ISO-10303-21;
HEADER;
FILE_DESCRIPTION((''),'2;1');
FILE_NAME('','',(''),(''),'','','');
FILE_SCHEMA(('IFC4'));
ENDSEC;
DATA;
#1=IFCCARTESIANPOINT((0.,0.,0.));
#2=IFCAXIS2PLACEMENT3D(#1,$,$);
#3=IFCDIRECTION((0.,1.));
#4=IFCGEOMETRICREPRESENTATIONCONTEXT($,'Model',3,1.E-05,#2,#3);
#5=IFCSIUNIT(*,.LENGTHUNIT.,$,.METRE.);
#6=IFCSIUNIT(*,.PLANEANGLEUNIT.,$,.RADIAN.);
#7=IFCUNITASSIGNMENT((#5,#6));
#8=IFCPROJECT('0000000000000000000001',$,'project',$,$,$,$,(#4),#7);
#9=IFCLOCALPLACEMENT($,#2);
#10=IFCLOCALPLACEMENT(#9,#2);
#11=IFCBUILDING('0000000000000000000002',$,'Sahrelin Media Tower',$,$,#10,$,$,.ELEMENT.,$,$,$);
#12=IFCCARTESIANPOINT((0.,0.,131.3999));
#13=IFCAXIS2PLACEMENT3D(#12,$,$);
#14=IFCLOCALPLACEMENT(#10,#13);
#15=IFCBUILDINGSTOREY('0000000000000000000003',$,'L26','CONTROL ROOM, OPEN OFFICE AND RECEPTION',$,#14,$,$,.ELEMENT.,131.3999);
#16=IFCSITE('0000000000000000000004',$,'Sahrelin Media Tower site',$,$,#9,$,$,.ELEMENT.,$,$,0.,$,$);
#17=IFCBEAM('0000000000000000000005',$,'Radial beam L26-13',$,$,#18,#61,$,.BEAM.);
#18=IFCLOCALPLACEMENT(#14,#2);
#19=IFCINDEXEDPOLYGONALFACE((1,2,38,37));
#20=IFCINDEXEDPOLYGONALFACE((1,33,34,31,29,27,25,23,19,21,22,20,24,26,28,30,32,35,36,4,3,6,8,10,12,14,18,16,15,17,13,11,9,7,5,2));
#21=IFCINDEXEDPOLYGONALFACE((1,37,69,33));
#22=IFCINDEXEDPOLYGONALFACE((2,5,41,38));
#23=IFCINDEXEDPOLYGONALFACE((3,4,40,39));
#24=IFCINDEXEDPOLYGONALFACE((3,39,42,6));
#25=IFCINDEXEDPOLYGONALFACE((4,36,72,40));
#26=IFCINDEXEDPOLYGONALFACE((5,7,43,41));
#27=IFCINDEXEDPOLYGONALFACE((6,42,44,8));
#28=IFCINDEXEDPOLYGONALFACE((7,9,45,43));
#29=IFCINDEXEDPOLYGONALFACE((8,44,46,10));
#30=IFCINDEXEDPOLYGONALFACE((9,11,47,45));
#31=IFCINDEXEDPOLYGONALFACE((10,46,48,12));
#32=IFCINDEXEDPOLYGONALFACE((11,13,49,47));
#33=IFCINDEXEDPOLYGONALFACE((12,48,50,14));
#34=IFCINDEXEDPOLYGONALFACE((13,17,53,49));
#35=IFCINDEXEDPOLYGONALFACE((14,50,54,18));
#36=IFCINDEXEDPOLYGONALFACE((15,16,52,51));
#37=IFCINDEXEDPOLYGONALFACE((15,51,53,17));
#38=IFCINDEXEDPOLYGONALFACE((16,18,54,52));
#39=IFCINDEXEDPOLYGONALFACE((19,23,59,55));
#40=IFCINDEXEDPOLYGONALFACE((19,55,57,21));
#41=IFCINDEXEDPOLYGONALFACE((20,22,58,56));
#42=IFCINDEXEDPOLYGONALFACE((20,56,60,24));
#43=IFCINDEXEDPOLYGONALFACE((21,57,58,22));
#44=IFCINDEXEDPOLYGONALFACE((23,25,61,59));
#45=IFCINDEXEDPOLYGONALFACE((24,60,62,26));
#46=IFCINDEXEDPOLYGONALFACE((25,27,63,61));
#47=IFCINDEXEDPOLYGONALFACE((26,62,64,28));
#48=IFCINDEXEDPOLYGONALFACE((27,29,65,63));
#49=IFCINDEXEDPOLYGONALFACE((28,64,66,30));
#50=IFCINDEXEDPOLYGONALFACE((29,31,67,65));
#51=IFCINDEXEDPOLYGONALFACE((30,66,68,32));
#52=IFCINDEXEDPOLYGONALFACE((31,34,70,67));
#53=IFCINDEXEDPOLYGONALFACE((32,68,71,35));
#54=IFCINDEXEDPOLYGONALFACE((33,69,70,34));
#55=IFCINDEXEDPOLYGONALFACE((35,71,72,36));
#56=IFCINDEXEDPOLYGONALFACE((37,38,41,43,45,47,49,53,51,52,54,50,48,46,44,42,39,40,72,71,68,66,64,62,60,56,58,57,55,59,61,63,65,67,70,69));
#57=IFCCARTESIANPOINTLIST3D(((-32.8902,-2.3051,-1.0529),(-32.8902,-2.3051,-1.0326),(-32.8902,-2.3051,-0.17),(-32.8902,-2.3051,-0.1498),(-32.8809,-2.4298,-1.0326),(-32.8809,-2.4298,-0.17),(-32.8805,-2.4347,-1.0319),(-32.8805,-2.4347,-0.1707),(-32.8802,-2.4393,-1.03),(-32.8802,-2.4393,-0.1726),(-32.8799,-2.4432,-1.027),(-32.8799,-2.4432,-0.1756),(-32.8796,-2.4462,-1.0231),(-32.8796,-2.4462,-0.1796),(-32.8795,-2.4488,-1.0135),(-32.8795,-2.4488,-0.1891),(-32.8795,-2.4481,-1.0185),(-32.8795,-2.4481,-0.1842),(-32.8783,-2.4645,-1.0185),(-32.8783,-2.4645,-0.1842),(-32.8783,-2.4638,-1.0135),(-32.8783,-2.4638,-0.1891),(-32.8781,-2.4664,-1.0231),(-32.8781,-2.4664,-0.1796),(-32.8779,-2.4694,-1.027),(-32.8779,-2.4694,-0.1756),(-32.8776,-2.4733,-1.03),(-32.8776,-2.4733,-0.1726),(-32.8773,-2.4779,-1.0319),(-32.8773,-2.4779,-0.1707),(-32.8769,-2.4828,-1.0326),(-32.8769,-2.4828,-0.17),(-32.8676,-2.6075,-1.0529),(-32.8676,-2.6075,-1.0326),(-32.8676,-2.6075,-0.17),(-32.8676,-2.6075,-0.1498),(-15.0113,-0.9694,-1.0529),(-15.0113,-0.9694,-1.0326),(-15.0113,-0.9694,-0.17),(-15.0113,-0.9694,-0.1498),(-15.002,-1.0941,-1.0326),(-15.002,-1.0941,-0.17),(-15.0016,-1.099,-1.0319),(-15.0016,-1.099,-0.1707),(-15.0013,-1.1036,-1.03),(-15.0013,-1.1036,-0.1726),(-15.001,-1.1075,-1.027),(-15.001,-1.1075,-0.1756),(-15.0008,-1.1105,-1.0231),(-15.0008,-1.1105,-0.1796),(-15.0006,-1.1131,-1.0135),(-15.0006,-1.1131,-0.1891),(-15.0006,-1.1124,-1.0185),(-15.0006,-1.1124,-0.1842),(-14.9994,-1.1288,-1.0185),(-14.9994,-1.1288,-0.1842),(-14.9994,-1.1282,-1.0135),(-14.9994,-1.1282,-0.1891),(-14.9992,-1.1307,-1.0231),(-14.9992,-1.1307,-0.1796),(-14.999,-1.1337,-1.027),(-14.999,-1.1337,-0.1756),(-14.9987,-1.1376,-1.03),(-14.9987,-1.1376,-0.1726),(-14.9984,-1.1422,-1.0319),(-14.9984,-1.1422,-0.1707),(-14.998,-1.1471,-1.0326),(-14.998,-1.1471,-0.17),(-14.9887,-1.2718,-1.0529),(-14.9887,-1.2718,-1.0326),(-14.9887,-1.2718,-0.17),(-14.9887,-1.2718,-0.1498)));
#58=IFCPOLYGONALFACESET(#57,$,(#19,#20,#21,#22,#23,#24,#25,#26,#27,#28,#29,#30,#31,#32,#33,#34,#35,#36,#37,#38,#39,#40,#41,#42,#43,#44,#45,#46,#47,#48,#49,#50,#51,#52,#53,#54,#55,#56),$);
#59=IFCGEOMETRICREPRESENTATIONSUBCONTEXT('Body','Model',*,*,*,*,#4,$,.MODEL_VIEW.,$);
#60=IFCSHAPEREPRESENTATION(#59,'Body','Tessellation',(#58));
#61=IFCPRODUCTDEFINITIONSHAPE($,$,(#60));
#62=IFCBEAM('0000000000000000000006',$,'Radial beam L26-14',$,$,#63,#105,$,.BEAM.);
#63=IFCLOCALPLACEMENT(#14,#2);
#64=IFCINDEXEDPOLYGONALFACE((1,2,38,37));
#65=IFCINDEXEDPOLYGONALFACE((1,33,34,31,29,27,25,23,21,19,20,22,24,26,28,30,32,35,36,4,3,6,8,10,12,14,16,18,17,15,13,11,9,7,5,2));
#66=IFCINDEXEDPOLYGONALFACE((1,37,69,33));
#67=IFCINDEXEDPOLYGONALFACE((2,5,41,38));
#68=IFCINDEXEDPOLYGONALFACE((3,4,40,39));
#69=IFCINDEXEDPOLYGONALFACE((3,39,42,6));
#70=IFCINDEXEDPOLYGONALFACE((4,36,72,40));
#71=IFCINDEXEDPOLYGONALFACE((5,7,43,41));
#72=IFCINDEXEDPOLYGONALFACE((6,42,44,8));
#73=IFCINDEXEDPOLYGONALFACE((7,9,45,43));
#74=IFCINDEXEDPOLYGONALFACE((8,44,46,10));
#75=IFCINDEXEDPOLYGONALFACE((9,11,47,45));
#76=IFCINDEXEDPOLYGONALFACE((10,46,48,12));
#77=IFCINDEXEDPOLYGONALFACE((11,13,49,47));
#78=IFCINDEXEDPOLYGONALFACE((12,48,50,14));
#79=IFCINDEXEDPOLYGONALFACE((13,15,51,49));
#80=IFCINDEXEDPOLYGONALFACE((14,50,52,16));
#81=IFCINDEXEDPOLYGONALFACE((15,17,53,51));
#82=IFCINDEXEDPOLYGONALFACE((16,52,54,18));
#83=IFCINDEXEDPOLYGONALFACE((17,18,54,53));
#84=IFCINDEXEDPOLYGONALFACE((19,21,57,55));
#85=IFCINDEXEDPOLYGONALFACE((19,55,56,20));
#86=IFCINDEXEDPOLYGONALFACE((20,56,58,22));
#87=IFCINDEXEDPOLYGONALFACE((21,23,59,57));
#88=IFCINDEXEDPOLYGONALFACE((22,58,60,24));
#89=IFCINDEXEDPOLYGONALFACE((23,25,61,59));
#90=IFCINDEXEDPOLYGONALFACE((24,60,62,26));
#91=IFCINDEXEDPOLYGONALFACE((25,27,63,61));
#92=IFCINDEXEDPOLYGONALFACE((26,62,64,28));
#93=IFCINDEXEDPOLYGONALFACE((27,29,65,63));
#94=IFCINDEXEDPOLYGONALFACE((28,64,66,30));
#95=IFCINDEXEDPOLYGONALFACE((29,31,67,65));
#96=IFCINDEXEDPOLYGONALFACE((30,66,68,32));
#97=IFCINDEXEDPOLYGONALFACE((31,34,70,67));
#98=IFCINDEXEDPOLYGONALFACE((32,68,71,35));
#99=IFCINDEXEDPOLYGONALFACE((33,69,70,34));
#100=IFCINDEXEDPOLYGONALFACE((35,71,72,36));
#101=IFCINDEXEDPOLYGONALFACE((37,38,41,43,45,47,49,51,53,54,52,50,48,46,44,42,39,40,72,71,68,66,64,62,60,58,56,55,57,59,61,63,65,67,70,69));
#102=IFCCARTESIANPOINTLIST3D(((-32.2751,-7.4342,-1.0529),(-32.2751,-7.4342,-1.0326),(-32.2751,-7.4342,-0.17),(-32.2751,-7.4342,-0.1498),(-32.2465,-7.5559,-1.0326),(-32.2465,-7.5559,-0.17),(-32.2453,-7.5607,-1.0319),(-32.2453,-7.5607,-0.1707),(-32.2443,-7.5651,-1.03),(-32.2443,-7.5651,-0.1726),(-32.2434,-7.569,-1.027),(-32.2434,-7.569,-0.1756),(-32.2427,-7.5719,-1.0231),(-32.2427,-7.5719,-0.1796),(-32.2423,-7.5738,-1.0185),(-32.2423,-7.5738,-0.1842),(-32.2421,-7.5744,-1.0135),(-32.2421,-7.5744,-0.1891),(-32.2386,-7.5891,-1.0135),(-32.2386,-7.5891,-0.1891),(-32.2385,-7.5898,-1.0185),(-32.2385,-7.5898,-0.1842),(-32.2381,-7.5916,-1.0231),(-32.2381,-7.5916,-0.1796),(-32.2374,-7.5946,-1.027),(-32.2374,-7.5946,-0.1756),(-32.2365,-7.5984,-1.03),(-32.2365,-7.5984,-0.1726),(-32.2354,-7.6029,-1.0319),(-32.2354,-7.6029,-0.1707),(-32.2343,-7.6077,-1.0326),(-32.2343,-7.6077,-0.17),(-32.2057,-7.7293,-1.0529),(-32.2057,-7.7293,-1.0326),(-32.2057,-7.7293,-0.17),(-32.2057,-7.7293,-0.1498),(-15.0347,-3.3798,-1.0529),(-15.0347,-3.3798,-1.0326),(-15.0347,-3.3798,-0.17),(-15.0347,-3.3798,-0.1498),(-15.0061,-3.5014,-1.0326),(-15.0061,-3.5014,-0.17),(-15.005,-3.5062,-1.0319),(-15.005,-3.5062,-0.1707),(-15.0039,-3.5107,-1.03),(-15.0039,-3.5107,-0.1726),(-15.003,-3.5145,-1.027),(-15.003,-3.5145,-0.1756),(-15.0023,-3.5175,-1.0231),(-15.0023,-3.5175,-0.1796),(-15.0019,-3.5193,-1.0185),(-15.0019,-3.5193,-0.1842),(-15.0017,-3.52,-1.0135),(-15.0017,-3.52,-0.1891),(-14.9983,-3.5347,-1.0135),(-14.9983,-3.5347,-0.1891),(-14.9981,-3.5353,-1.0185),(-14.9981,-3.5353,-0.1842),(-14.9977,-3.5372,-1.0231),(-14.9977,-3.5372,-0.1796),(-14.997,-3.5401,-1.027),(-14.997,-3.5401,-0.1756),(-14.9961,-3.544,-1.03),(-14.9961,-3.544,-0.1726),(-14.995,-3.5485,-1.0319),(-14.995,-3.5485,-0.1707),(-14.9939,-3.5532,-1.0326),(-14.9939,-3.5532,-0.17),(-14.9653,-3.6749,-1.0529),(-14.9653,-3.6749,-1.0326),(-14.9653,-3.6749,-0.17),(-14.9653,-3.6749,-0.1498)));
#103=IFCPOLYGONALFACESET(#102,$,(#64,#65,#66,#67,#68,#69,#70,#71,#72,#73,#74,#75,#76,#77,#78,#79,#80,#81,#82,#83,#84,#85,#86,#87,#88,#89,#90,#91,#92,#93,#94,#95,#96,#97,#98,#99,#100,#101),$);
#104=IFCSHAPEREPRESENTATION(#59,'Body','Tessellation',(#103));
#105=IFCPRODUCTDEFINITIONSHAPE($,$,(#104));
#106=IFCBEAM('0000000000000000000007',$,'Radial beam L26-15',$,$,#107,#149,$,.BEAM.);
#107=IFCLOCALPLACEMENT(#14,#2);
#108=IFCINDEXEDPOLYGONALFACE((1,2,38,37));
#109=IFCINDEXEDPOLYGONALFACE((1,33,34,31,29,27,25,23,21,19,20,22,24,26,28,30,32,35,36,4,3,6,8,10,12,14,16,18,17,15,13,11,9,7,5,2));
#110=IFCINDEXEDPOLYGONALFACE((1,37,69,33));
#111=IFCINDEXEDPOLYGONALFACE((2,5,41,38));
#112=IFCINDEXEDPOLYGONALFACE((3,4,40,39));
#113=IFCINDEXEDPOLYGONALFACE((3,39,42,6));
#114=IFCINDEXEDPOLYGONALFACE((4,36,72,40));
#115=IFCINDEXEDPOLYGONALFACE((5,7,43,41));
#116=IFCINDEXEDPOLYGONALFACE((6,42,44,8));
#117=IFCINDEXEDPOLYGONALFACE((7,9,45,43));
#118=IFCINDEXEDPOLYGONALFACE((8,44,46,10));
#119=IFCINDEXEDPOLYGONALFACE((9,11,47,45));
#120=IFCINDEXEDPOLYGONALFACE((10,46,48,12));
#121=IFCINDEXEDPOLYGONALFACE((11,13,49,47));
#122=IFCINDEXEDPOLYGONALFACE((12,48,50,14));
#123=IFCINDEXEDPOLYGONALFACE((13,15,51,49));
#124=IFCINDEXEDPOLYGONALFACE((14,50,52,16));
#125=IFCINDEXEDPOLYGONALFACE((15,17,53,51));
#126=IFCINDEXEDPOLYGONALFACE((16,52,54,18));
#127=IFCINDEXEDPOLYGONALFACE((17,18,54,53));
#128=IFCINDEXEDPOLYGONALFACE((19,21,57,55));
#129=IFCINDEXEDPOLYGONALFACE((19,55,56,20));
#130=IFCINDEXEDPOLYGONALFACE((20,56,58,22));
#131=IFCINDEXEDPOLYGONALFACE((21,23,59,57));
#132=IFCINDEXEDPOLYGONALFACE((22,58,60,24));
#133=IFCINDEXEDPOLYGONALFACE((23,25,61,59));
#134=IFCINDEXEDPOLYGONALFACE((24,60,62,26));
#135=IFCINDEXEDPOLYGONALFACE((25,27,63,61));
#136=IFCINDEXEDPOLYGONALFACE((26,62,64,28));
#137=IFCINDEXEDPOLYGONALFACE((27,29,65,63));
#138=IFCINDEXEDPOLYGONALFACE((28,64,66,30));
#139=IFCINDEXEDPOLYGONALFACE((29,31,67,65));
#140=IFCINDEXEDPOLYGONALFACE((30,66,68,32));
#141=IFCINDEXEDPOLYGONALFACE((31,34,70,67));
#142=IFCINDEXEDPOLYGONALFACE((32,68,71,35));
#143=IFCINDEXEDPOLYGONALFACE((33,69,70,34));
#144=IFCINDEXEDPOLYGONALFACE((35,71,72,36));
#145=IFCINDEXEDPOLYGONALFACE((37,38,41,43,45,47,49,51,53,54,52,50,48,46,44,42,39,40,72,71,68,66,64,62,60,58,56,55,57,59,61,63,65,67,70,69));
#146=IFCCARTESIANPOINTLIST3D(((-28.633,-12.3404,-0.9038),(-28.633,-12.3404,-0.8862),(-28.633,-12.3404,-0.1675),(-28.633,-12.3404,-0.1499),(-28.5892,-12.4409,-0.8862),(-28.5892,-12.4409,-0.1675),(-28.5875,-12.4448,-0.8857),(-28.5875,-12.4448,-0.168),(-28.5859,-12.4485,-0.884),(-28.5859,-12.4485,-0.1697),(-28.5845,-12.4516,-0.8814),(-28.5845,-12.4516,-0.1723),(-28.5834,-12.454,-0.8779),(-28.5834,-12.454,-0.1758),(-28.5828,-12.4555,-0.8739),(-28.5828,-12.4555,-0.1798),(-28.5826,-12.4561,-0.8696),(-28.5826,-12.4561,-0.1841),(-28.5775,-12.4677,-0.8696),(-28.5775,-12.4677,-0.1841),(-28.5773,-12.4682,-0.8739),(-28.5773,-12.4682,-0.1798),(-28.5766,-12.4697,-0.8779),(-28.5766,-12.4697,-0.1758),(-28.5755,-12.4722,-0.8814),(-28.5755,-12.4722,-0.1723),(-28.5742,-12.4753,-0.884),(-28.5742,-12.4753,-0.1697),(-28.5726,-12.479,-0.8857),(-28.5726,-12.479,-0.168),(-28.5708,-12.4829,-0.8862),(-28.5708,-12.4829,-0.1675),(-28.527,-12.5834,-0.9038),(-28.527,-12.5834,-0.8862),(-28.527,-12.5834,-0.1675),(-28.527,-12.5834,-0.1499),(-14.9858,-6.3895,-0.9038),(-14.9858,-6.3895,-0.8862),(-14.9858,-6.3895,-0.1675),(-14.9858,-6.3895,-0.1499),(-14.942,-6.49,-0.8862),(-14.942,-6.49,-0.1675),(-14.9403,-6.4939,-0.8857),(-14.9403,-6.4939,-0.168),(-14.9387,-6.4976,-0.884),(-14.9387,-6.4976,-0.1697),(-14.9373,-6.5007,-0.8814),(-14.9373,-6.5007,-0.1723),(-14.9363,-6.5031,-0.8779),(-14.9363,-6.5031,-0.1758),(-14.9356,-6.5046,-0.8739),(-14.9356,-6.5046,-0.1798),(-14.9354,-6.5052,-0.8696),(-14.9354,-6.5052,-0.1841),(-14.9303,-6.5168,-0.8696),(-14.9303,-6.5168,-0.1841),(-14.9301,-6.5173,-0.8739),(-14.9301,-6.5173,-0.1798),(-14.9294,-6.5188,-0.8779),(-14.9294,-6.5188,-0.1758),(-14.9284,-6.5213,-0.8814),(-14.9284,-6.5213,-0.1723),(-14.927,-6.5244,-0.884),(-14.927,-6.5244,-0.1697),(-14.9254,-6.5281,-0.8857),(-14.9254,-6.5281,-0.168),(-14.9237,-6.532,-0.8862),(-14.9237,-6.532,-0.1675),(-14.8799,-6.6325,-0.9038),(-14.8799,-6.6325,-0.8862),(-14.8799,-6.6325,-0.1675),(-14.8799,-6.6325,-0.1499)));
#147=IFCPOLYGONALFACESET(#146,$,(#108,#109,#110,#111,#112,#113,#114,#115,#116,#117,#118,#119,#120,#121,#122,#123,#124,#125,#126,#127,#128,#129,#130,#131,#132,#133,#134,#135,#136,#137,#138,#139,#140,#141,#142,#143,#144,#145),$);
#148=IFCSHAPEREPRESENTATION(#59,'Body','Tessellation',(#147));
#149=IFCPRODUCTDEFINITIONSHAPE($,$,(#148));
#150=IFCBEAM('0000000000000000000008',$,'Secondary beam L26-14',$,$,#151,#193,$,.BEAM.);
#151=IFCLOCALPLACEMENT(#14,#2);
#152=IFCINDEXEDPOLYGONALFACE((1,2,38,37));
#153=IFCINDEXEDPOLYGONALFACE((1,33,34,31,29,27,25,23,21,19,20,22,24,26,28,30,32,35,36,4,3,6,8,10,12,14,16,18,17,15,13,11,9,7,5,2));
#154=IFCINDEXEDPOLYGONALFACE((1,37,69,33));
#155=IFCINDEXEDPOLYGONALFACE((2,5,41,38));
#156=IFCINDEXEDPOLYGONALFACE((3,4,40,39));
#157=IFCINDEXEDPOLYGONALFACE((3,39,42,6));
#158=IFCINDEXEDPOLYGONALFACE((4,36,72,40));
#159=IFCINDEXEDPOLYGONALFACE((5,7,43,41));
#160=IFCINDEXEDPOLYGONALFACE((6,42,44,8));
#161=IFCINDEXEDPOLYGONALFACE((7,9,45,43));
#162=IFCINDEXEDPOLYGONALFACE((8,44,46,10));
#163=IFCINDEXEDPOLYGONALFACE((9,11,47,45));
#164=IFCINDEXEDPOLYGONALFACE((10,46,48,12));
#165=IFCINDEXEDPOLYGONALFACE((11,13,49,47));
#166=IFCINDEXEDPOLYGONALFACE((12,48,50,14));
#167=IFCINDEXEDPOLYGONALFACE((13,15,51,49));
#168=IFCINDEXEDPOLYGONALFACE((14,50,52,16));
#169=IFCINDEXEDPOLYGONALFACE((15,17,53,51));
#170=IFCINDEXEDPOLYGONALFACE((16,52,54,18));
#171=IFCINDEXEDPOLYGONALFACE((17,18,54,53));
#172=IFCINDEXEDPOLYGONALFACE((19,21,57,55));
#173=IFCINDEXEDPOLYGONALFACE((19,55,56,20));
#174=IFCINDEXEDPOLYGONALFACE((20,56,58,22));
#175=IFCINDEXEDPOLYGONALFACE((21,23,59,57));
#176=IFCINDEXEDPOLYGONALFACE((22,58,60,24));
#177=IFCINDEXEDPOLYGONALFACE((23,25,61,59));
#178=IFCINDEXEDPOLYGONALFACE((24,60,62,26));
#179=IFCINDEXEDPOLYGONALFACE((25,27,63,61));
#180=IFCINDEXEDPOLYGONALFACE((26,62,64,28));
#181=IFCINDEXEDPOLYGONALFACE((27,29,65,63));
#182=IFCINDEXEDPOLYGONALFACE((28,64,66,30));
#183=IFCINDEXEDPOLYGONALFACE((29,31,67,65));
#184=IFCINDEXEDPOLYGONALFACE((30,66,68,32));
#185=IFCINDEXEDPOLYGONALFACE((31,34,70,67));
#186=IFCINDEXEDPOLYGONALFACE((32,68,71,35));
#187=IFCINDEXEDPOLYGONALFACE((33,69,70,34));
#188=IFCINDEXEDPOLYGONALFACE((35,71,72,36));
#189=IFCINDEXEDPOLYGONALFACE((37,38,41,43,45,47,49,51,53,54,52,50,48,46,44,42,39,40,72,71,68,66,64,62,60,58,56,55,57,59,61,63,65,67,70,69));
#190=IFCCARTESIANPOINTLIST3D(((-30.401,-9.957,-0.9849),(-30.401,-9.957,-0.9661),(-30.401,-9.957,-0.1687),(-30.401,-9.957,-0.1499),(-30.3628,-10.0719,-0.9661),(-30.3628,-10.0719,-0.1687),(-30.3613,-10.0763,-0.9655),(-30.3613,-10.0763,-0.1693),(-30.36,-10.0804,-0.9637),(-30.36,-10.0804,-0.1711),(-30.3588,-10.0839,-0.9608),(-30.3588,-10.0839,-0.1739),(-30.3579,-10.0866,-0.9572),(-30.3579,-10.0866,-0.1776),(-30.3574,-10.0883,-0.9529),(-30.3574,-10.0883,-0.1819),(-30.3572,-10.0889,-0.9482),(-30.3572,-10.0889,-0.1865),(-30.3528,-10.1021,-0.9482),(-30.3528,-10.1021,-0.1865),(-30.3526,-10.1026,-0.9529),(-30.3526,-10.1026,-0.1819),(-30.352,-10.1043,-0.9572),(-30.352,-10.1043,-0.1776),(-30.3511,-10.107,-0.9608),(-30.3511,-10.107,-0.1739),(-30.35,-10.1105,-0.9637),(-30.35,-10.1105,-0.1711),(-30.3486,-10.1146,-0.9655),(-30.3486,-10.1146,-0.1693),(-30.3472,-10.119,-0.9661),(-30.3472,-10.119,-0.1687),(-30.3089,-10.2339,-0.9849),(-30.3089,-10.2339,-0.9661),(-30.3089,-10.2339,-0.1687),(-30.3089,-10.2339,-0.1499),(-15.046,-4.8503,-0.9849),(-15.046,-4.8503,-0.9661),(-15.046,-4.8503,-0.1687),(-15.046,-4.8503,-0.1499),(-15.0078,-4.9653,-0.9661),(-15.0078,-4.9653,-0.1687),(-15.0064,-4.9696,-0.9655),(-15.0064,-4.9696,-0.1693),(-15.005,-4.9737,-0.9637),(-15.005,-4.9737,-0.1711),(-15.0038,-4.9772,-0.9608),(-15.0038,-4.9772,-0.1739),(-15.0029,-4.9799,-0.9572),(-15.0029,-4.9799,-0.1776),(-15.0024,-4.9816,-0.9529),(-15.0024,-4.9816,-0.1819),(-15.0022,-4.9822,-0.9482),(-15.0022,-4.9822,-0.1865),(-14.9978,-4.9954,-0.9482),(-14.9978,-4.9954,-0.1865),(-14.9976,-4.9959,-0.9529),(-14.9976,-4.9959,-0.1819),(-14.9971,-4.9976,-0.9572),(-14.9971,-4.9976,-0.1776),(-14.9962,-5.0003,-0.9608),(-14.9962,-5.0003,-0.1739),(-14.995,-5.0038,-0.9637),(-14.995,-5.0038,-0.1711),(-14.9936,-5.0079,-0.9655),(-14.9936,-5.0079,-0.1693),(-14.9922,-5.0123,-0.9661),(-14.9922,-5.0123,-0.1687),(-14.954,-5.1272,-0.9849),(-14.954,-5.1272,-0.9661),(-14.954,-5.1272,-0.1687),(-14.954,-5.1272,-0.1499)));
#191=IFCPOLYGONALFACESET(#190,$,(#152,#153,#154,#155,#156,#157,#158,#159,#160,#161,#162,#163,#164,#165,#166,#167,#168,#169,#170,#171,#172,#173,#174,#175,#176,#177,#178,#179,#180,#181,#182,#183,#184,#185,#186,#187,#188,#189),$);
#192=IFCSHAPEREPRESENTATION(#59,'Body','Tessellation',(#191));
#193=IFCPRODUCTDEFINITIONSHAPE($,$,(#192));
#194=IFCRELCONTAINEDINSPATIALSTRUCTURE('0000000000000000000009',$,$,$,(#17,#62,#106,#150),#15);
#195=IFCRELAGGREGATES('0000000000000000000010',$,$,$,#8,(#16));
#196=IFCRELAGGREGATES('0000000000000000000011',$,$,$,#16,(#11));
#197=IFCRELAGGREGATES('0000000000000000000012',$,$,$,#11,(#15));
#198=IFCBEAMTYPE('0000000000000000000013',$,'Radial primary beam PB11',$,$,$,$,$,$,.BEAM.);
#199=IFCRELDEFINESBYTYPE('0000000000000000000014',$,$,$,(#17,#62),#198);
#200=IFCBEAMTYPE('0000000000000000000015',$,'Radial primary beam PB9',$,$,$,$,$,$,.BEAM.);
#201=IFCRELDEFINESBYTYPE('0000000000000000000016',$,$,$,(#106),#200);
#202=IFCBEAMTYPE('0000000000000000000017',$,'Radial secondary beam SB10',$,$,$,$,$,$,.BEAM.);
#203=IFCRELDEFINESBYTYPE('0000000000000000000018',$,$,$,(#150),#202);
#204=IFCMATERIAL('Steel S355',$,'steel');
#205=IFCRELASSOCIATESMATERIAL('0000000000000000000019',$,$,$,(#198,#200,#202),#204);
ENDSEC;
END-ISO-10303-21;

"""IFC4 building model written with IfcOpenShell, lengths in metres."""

from ifc_helpers import new_model, si_unit, direction, frame, origin, origin_2d, place, context, subcontext, project, spatial, i_section, extrude, material, material_profile, profile_set, type_object, element, save


model = new_model("IFC4")

# Units and contexts
model_context = context("Model", 3, precision=1e-05, world=origin(), true_north=direction((0.0, 1.0)))
body_context = subcontext(model_context, "Body", "Model", "MODEL_VIEW")
ifc_project = project(units=[si_unit("LENGTHUNIT", "METRE"), si_unit("PLANEANGLEUNIT", "RADIAN")], contexts=[model_context])

# Site, building, storey
site_placement = place(None, origin())
site = spatial("IfcSite", under=ifc_project, at=site_placement, Name="Sahrelin Media Tower site", CompositionType="ELEMENT", RefElevation=0.0)
building_placement = place(site_placement, origin())
building = spatial("IfcBuilding", under=site, at=building_placement, Name="Sahrelin Media Tower", CompositionType="ELEMENT")
storey_placement = place(building_placement, frame((0.0, 0.0, 131.3999)))
storey = spatial("IfcBuildingStorey", under=building, at=storey_placement, Name="L26", Description="CONTROL ROOM, OPEN OFFICE AND RECEPTION", CompositionType="ELEMENT", Elevation=131.3999)

# Beams
ifc_material_1 = material(Name="Steel S355", Category="steel")
ifc_material_profile_1 = material_profile(ifc_material_1, i_section(OverallWidth=0.3032, OverallDepth=0.9031, WebThickness=0.0151, FlangeThickness=0.0203, FilletRadius=0.019, at=origin_2d()), Name="UB 914x305x201")
ifc_profile_set_1 = profile_set([ifc_material_profile_1], Name="Steel S355")
beam_type_1 = type_object("IfcBeamType", Name="Radial primary beam PB11", PredefinedType="BEAM", material=ifc_profile_set_1)
beam_1_placement = place(storey_placement, frame((-15.0, -1.1206, -0.6013), z_axis=(-0.997221, -0.0745, 0.0), x_axis=(0.0745, -0.997221, 0.0)))
element("IfcBeam", 1, at=beam_1_placement, inside=storey, type_object=beam_type_1, Name="Radial beam L26-13", PredefinedType="BEAM", context=body_context, shape_type="SweptSolid", body=[
    extrude(i_section(OverallWidth=0.3032, OverallDepth=0.9031, WebThickness=0.0151, FlangeThickness=0.0203, FilletRadius=0.019, at=origin_2d()), origin(), (0.0, 0.0, 1.0), 17.9287),
])
beam_2_placement = place(storey_placement, frame((-15.0, -3.5273, -0.6013), z_axis=(-0.973444, -0.228925, 0.0), x_axis=(0.228925, -0.973444, 0.0)))
element("IfcBeam", 2, at=beam_2_placement, inside=storey, type_object=beam_type_1, Name="Radial beam L26-14", PredefinedType="BEAM", context=body_context, shape_type="SweptSolid", body=[
    extrude(i_section(OverallWidth=0.3032, OverallDepth=0.9031, WebThickness=0.0151, FlangeThickness=0.0203, FilletRadius=0.019, at=origin_2d()), origin(), (0.0, 0.0, 1.0), 17.7107),
])
ifc_material_profile_2 = material_profile(ifc_material_1, i_section(OverallWidth=0.2651, OverallDepth=0.7539, WebThickness=0.0127, FlangeThickness=0.0176, FilletRadius=0.0166, at=origin_2d()), Name="UB 762x267x147")
ifc_profile_set_2 = profile_set([ifc_material_profile_2], Name="Steel S355")
beam_type_2 = type_object("IfcBeamType", Name="Radial primary beam PB9", PredefinedType="BEAM", material=ifc_profile_set_2)
beam_3_placement = place(storey_placement, frame((-14.9329, -6.511, -0.5269), z_axis=(-0.916643, -0.399706, 0.0), x_axis=(0.399706, -0.916643, 0.0)))
element("IfcBeam", 3, at=beam_3_placement, inside=storey, type_object=beam_type_2, Name="Radial beam L26-15", PredefinedType="BEAM", context=body_context, shape_type="SweptSolid", body=[
    extrude(i_section(OverallWidth=0.2651, OverallDepth=0.7539, WebThickness=0.0127, FlangeThickness=0.0176, FilletRadius=0.0166, at=origin_2d()), origin(), (0.0, 0.0, 1.0), 14.8882),
])
ifc_material_profile_3 = material_profile(ifc_material_1, i_section(OverallWidth=0.2917, OverallDepth=0.835, WebThickness=0.0139, FlangeThickness=0.0188, FilletRadius=0.0178, at=origin_2d()), Name="UB 838x292x176")
ifc_profile_set_3 = profile_set([ifc_material_profile_3], Name="Steel S355")
beam_type_3 = type_object("IfcBeamType", Name="Radial secondary beam SB10", PredefinedType="BEAM", material=ifc_profile_set_3)
beam_4_placement = place(storey_placement, frame((-15.0, -4.9888, -0.5674), z_axis=(-0.948899, -0.31558, 0.0), x_axis=(0.31558, -0.948899, 0.0)))
element("IfcBeam", 4, at=beam_4_placement, inside=storey, type_object=beam_type_3, Name="Secondary beam L26-14", PredefinedType="BEAM", context=body_context, shape_type="SweptSolid", body=[
    extrude(i_section(OverallWidth=0.2917, OverallDepth=0.835, WebThickness=0.0139, FlangeThickness=0.0188, FilletRadius=0.0178, at=origin_2d()), origin(), (0.0, 0.0, 1.0), 16.1819),
])

save(model, "model.ifc")
